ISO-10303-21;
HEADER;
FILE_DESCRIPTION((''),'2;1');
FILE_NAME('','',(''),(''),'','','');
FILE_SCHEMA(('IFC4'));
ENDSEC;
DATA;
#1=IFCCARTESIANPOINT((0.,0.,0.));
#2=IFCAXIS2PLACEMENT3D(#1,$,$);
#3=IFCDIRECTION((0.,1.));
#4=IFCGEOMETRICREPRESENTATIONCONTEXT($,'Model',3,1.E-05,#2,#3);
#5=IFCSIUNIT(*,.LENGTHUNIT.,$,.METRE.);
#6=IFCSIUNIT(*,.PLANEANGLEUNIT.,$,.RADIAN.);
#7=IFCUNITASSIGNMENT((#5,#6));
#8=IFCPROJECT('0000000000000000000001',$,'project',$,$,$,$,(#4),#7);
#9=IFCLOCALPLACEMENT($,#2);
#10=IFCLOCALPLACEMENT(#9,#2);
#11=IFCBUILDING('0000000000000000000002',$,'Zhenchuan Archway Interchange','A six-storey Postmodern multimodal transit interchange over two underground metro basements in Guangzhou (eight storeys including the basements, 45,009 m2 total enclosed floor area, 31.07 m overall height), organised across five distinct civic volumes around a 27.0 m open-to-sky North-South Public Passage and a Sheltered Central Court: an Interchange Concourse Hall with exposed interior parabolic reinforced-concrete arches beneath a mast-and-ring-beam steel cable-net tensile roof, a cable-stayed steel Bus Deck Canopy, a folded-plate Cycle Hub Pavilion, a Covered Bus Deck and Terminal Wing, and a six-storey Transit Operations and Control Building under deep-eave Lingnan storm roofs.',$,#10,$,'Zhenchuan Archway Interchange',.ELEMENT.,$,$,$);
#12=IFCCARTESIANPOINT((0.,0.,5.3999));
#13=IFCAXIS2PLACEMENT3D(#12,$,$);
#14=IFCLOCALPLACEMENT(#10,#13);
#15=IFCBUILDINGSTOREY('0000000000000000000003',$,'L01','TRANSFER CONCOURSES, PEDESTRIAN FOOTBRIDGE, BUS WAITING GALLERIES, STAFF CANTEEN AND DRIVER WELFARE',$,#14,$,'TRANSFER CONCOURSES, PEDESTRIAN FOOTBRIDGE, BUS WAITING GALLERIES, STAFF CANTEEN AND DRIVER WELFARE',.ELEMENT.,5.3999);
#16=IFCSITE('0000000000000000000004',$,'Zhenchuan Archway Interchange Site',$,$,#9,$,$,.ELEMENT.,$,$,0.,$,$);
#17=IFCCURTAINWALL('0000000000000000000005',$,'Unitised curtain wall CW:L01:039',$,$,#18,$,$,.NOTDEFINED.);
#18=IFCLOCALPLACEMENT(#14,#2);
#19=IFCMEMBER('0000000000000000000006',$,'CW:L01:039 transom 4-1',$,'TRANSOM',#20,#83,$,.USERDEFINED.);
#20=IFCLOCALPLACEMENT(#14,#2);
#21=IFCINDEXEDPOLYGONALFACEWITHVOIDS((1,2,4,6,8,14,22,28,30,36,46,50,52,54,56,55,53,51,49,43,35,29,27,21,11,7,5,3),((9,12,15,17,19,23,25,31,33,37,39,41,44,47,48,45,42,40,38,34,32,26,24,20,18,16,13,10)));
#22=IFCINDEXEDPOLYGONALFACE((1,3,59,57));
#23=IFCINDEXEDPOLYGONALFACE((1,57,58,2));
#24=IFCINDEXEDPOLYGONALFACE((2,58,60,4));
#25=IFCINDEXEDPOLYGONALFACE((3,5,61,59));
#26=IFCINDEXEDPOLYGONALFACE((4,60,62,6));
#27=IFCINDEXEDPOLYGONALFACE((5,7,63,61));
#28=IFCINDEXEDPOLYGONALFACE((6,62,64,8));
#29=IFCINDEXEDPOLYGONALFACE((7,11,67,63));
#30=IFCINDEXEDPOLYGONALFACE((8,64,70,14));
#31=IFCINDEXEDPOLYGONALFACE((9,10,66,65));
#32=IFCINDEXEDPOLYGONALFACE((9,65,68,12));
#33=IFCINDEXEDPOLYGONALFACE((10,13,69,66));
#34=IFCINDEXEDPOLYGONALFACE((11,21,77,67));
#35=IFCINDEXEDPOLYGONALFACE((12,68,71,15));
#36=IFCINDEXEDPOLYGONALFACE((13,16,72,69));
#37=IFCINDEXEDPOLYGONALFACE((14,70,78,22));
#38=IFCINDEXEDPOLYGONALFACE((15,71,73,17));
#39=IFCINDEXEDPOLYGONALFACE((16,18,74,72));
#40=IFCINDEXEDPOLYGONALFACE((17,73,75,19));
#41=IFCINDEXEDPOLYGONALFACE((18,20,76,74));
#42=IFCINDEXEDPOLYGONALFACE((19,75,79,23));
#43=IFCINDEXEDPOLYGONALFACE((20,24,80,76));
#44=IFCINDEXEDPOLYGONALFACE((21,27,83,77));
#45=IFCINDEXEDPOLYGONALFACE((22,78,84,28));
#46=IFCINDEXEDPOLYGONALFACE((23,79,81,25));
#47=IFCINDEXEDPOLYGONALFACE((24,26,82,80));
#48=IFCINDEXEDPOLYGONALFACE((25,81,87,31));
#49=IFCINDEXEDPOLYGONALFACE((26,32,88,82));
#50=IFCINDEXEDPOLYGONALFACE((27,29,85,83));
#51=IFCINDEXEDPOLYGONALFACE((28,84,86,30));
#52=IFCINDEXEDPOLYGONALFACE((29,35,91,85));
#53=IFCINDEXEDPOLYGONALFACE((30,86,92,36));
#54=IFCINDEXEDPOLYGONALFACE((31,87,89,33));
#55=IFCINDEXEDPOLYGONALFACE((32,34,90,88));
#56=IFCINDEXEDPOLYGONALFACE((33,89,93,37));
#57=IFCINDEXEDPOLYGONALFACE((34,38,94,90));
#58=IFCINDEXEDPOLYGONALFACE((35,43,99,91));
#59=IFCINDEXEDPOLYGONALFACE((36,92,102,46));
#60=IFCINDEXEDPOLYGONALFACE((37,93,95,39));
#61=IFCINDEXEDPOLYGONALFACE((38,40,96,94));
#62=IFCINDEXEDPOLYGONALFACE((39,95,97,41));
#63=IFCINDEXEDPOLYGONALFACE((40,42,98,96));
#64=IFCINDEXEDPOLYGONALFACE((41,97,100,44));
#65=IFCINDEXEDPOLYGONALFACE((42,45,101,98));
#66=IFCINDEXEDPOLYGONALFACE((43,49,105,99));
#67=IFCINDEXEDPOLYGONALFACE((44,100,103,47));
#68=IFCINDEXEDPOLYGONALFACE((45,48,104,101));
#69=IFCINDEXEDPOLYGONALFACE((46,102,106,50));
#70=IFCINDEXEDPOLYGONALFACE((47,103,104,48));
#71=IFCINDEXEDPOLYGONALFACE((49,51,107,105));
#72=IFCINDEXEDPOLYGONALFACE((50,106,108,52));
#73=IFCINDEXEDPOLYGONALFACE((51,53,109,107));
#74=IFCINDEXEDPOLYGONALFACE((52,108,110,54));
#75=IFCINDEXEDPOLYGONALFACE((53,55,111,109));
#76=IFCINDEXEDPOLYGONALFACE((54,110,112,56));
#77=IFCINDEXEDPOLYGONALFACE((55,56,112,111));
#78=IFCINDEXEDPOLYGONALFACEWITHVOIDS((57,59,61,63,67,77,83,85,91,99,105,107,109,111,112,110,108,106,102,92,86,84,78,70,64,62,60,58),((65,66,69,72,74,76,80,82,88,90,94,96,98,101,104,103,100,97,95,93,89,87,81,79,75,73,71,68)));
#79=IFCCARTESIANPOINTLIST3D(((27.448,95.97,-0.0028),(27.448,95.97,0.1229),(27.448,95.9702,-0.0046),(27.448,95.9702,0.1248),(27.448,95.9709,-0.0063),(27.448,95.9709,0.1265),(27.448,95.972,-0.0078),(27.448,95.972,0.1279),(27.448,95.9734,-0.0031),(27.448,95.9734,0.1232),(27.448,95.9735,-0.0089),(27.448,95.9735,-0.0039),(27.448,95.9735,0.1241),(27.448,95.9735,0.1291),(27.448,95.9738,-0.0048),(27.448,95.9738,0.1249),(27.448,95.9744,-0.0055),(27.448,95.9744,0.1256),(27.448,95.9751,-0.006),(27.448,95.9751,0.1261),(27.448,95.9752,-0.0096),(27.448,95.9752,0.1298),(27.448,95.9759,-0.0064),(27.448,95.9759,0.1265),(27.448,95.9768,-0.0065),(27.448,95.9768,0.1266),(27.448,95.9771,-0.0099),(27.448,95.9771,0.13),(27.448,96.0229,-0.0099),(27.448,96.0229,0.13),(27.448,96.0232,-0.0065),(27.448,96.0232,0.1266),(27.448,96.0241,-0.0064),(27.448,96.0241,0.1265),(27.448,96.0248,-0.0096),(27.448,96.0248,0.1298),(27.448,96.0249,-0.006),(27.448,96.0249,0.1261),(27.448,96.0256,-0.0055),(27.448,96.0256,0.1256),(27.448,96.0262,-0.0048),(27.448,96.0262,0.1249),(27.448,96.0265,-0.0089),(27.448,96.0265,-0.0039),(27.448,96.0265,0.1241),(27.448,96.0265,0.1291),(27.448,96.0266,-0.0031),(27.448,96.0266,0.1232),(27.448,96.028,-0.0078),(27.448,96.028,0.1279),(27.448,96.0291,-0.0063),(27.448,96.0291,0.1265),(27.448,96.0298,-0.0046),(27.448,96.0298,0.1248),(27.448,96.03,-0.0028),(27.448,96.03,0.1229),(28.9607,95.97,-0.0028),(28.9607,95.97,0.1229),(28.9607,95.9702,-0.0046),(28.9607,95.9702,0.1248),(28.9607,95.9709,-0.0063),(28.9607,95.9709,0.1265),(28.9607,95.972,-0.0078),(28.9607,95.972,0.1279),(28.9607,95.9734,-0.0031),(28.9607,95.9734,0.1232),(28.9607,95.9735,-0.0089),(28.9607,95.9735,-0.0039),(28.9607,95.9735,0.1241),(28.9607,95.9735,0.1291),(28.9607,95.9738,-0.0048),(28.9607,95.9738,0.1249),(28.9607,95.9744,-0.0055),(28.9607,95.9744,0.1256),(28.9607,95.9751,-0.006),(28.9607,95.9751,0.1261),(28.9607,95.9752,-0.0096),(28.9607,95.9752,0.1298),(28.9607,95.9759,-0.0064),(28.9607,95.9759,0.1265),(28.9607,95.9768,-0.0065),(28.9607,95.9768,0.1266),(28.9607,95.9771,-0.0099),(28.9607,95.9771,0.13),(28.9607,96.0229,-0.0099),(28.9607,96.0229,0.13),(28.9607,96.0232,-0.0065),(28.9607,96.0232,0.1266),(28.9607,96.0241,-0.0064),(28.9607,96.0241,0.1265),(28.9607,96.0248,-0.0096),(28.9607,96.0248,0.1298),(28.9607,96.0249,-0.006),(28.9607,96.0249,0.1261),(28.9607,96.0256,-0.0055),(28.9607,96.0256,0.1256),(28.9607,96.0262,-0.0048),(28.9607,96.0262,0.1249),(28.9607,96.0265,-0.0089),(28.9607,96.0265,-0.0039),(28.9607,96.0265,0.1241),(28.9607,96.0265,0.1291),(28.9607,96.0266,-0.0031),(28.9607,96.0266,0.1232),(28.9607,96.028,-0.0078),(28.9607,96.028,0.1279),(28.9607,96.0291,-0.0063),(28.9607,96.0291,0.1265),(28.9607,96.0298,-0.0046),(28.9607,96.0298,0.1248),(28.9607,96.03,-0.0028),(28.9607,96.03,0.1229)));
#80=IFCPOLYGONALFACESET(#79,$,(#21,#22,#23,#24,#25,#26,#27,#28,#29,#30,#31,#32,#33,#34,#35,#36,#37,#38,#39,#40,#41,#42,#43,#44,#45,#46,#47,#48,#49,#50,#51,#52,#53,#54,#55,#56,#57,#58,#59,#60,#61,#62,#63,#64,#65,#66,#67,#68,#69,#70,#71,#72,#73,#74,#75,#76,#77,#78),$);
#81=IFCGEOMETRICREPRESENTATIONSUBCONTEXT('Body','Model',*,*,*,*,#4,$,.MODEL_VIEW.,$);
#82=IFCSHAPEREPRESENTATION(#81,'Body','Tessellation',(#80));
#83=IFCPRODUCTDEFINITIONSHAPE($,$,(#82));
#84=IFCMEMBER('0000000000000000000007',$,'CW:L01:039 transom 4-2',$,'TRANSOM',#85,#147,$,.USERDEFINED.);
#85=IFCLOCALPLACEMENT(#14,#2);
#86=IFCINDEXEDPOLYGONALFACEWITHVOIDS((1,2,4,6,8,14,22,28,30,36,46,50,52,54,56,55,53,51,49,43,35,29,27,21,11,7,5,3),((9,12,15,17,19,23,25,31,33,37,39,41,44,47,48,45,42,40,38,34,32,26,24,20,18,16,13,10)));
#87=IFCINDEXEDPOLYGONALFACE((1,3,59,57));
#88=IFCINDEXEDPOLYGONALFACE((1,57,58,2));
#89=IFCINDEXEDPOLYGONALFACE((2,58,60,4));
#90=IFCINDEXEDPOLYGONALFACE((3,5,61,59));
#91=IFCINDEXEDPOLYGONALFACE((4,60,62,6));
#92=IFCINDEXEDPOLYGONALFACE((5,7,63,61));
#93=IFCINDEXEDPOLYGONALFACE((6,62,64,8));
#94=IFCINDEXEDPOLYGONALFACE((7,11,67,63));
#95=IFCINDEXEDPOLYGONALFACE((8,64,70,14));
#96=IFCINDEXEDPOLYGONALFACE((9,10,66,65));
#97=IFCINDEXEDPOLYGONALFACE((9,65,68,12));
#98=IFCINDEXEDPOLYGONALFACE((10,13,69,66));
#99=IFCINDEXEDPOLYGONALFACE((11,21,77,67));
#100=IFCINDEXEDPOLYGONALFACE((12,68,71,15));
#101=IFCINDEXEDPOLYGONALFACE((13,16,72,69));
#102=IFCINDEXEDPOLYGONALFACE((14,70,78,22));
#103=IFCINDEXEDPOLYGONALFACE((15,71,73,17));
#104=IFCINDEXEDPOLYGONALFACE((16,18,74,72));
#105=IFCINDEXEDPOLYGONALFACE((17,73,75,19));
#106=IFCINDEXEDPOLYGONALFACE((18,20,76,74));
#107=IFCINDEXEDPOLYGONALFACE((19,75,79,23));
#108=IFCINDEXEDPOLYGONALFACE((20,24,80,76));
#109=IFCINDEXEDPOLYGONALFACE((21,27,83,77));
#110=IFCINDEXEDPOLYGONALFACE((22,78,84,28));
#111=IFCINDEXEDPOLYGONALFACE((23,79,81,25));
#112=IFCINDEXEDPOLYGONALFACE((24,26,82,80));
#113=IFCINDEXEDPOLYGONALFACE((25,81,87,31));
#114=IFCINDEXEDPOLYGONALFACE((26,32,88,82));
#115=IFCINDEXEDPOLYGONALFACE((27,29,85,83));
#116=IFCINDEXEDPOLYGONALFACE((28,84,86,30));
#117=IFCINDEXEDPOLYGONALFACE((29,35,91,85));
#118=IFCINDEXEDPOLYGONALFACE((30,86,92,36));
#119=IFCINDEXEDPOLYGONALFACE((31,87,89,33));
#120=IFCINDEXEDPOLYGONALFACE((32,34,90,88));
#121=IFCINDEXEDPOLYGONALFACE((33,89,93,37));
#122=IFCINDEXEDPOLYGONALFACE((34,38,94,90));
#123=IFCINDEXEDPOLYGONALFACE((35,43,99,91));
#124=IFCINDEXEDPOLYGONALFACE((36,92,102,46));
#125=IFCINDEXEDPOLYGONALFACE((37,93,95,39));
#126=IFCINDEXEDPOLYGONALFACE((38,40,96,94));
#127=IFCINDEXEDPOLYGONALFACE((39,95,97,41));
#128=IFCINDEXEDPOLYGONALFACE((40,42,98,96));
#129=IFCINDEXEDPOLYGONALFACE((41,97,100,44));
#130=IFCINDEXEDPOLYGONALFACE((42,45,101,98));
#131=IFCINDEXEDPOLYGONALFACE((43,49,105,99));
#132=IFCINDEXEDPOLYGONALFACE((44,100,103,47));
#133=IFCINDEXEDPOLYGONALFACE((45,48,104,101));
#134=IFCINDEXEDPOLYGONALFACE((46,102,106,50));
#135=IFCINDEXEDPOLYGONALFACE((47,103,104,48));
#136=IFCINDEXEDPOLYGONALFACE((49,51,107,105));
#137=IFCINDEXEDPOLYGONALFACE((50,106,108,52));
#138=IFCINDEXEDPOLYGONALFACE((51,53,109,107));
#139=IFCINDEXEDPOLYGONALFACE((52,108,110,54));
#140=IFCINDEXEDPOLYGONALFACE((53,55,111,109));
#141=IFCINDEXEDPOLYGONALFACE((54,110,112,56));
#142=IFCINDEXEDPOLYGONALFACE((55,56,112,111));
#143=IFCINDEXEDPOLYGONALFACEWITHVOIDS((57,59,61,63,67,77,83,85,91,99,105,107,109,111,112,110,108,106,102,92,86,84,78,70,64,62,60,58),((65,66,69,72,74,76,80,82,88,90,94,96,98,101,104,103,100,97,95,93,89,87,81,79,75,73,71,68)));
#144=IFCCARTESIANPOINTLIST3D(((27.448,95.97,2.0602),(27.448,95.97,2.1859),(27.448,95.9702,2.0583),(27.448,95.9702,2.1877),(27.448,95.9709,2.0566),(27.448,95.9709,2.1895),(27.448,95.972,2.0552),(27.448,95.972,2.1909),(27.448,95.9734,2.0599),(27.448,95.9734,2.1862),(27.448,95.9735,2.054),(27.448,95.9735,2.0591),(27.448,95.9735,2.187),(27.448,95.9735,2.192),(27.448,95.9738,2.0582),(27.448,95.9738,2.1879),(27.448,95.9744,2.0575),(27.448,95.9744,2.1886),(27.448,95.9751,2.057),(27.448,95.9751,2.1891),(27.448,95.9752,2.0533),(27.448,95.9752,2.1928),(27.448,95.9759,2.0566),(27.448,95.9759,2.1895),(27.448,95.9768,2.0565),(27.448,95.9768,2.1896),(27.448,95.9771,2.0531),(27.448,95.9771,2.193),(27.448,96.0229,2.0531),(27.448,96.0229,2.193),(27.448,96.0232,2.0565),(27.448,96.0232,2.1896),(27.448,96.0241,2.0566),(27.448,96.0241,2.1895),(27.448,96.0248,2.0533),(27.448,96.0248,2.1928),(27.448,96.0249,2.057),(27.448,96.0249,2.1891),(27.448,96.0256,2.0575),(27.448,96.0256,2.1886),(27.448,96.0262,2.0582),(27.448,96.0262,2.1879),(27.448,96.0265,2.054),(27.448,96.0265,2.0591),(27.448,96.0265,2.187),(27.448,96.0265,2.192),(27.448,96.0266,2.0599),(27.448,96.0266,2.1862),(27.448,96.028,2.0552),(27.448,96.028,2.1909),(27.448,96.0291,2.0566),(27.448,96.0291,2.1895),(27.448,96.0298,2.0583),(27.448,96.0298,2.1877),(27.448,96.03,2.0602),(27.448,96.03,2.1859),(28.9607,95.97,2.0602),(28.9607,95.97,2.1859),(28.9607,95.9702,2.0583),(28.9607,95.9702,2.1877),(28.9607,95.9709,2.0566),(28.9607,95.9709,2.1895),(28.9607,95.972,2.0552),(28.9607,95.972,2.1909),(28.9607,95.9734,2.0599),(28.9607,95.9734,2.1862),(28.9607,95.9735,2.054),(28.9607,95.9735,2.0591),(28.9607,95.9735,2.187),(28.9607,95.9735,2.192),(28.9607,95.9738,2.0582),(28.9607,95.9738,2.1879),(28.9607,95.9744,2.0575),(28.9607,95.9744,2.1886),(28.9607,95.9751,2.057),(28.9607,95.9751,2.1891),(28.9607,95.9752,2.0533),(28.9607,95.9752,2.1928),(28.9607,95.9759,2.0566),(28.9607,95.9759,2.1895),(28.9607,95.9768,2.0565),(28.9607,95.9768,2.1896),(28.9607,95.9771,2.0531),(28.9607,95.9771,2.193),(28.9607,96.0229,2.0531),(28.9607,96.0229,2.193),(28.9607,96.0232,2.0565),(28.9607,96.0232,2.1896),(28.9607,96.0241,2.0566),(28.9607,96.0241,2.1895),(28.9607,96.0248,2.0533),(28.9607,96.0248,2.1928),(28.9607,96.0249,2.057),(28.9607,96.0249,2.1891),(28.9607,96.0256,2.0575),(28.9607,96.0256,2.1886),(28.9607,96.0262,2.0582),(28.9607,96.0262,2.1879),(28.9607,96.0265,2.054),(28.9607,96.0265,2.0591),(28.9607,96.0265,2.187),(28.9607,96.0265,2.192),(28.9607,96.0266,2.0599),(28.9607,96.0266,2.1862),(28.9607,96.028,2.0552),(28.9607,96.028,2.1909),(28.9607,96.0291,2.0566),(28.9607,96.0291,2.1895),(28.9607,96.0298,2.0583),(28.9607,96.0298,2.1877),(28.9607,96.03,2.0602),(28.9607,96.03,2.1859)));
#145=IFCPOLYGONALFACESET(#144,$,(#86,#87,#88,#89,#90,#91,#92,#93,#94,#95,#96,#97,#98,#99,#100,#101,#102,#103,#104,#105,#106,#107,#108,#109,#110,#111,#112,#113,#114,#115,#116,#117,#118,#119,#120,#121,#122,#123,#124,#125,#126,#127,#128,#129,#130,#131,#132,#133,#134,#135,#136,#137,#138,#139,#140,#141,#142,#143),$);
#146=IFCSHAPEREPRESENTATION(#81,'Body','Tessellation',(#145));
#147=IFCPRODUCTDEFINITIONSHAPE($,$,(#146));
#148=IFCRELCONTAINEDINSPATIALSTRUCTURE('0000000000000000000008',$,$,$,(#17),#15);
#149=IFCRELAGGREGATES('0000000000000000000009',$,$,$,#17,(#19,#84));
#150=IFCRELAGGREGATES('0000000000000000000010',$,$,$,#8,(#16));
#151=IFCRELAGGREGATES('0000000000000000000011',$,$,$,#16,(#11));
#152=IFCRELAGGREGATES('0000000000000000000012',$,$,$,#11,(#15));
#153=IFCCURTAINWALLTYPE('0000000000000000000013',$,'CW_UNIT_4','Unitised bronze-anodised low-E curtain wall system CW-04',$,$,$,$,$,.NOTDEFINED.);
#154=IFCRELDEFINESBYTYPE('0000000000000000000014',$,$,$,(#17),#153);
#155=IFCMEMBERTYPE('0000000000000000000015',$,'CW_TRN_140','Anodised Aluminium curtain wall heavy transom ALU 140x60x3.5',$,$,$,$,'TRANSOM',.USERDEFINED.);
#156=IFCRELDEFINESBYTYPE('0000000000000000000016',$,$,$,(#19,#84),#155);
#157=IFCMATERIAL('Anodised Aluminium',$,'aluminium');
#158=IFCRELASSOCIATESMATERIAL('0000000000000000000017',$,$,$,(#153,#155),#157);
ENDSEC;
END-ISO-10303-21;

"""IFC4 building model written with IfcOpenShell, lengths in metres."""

from ifc_helpers import new_model, si_unit, direction, frame, origin, origin_2d, place, context, subcontext, project, spatial, hollow_rectangle, extrude, material, material_profile, profile_set, type_object, element, aggregate, save


model = new_model("IFC4")

# Units and contexts
model_context = context("Model", 3, precision=1e-05, world=origin(), true_north=direction((0.0, 1.0)))
body_context = subcontext(model_context, "Body", "Model", "MODEL_VIEW")
ifc_project = project(units=[si_unit("LENGTHUNIT", "METRE"), si_unit("PLANEANGLEUNIT", "RADIAN")], contexts=[model_context])

# Site, building, storey
site_placement = place(None, origin())
site = spatial("IfcSite", under=ifc_project, at=site_placement, Name="Zhenchuan Archway Interchange Site", CompositionType="ELEMENT", RefElevation=0.0)
building_placement = place(site_placement, origin())
building = spatial("IfcBuilding", under=site, at=building_placement, Name="Zhenchuan Archway Interchange", Description="A six-storey Postmodern multimodal transit interchange over two underground metro basements in Guangzhou (eight storeys including the basements, 45,009 m2 total enclosed floor area, 31.07 m overall height), organised across five distinct civic volumes around a 27.0 m open-to-sky North-South Public Passage and a Sheltered Central Court: an Interchange Concourse Hall with exposed interior parabolic reinforced-concrete arches beneath a mast-and-ring-beam steel cable-net tensile roof, a cable-stayed steel Bus Deck Canopy, a folded-plate Cycle Hub Pavilion, a Covered Bus Deck and Terminal Wing, and a six-storey Transit Operations and Control Building under deep-eave Lingnan storm roofs.", LongName="Zhenchuan Archway Interchange", CompositionType="ELEMENT")
storey_placement = place(building_placement, frame((0.0, 0.0, 5.3999)))
storey = spatial("IfcBuildingStorey", under=building, at=storey_placement, Name="L01", Description="TRANSFER CONCOURSES, PEDESTRIAN FOOTBRIDGE, BUS WAITING GALLERIES, STAFF CANTEEN AND DRIVER WELFARE", LongName="TRANSFER CONCOURSES, PEDESTRIAN FOOTBRIDGE, BUS WAITING GALLERIES, STAFF CANTEEN AND DRIVER WELFARE", CompositionType="ELEMENT", Elevation=5.3999)

# Curtain wall
ifc_material_1 = material(Name="Anodised Aluminium", Category="aluminium")
curtain_wall_type_1 = type_object("IfcCurtainWallType", Name="CW_UNIT_4", Description="Unitised bronze-anodised low-E curtain wall system CW-04", PredefinedType="NOTDEFINED", material=ifc_material_1)
curtain_wall_1_placement = place(storey_placement, origin())
curtain_wall_1 = element("IfcCurtainWall", 1, at=curtain_wall_1_placement, inside=storey, type_object=curtain_wall_type_1, Name="Unitised curtain wall CW:L01:039", PredefinedType="NOTDEFINED")

# Members
ifc_material_profile_1 = material_profile(ifc_material_1, hollow_rectangle(XDim=0.0601, YDim=0.1399, WallThickness=0.0034, InnerFilletRadius=0.0034, OuterFilletRadius=0.0071, at=origin_2d()), Name="ALU 140x60x3.5")
ifc_profile_set_1 = profile_set([ifc_material_profile_1], Name="Anodised Aluminium")
member_type_1 = type_object("IfcMemberType", Name="CW_TRN_140", Description="Anodised Aluminium curtain wall heavy transom ALU 140x60x3.5", ElementType="TRANSOM", PredefinedType="USERDEFINED", material=ifc_profile_set_1)
member_1_placement = place(storey_placement, frame((28.9607, 96.0, 0.0601), z_axis=(-1.0, 0.0, 0.0), x_axis=(0.0, -1.0, 0.0)))
member_1 = element("IfcMember", 2, at=member_1_placement, type_object=member_type_1, Name="CW:L01:039 transom 4-1", ObjectType="TRANSOM", PredefinedType="USERDEFINED", context=body_context, shape_type="SweptSolid", body=[
    extrude(hollow_rectangle(XDim=0.0601, YDim=0.1399, WallThickness=0.0034, InnerFilletRadius=0.0034, OuterFilletRadius=0.0071, at=origin_2d()), origin(), (0.0, 0.0, 1.0), 1.5127),
])
member_2_placement = place(storey_placement, frame((28.9607, 96.0, 2.123), z_axis=(-1.0, 0.0, 0.0), x_axis=(0.0, -1.0, 0.0)))
member_2 = element("IfcMember", 3, at=member_2_placement, type_object=member_type_1, Name="CW:L01:039 transom 4-2", ObjectType="TRANSOM", PredefinedType="USERDEFINED", context=body_context, shape_type="SweptSolid", body=[
    extrude(hollow_rectangle(XDim=0.0601, YDim=0.1399, WallThickness=0.0034, InnerFilletRadius=0.0034, OuterFilletRadius=0.0071, at=origin_2d()), origin(), (0.0, 0.0, 1.0), 1.5127),
])

aggregate(curtain_wall_1, [member_1, member_2])

save(model, "model.ifc")
